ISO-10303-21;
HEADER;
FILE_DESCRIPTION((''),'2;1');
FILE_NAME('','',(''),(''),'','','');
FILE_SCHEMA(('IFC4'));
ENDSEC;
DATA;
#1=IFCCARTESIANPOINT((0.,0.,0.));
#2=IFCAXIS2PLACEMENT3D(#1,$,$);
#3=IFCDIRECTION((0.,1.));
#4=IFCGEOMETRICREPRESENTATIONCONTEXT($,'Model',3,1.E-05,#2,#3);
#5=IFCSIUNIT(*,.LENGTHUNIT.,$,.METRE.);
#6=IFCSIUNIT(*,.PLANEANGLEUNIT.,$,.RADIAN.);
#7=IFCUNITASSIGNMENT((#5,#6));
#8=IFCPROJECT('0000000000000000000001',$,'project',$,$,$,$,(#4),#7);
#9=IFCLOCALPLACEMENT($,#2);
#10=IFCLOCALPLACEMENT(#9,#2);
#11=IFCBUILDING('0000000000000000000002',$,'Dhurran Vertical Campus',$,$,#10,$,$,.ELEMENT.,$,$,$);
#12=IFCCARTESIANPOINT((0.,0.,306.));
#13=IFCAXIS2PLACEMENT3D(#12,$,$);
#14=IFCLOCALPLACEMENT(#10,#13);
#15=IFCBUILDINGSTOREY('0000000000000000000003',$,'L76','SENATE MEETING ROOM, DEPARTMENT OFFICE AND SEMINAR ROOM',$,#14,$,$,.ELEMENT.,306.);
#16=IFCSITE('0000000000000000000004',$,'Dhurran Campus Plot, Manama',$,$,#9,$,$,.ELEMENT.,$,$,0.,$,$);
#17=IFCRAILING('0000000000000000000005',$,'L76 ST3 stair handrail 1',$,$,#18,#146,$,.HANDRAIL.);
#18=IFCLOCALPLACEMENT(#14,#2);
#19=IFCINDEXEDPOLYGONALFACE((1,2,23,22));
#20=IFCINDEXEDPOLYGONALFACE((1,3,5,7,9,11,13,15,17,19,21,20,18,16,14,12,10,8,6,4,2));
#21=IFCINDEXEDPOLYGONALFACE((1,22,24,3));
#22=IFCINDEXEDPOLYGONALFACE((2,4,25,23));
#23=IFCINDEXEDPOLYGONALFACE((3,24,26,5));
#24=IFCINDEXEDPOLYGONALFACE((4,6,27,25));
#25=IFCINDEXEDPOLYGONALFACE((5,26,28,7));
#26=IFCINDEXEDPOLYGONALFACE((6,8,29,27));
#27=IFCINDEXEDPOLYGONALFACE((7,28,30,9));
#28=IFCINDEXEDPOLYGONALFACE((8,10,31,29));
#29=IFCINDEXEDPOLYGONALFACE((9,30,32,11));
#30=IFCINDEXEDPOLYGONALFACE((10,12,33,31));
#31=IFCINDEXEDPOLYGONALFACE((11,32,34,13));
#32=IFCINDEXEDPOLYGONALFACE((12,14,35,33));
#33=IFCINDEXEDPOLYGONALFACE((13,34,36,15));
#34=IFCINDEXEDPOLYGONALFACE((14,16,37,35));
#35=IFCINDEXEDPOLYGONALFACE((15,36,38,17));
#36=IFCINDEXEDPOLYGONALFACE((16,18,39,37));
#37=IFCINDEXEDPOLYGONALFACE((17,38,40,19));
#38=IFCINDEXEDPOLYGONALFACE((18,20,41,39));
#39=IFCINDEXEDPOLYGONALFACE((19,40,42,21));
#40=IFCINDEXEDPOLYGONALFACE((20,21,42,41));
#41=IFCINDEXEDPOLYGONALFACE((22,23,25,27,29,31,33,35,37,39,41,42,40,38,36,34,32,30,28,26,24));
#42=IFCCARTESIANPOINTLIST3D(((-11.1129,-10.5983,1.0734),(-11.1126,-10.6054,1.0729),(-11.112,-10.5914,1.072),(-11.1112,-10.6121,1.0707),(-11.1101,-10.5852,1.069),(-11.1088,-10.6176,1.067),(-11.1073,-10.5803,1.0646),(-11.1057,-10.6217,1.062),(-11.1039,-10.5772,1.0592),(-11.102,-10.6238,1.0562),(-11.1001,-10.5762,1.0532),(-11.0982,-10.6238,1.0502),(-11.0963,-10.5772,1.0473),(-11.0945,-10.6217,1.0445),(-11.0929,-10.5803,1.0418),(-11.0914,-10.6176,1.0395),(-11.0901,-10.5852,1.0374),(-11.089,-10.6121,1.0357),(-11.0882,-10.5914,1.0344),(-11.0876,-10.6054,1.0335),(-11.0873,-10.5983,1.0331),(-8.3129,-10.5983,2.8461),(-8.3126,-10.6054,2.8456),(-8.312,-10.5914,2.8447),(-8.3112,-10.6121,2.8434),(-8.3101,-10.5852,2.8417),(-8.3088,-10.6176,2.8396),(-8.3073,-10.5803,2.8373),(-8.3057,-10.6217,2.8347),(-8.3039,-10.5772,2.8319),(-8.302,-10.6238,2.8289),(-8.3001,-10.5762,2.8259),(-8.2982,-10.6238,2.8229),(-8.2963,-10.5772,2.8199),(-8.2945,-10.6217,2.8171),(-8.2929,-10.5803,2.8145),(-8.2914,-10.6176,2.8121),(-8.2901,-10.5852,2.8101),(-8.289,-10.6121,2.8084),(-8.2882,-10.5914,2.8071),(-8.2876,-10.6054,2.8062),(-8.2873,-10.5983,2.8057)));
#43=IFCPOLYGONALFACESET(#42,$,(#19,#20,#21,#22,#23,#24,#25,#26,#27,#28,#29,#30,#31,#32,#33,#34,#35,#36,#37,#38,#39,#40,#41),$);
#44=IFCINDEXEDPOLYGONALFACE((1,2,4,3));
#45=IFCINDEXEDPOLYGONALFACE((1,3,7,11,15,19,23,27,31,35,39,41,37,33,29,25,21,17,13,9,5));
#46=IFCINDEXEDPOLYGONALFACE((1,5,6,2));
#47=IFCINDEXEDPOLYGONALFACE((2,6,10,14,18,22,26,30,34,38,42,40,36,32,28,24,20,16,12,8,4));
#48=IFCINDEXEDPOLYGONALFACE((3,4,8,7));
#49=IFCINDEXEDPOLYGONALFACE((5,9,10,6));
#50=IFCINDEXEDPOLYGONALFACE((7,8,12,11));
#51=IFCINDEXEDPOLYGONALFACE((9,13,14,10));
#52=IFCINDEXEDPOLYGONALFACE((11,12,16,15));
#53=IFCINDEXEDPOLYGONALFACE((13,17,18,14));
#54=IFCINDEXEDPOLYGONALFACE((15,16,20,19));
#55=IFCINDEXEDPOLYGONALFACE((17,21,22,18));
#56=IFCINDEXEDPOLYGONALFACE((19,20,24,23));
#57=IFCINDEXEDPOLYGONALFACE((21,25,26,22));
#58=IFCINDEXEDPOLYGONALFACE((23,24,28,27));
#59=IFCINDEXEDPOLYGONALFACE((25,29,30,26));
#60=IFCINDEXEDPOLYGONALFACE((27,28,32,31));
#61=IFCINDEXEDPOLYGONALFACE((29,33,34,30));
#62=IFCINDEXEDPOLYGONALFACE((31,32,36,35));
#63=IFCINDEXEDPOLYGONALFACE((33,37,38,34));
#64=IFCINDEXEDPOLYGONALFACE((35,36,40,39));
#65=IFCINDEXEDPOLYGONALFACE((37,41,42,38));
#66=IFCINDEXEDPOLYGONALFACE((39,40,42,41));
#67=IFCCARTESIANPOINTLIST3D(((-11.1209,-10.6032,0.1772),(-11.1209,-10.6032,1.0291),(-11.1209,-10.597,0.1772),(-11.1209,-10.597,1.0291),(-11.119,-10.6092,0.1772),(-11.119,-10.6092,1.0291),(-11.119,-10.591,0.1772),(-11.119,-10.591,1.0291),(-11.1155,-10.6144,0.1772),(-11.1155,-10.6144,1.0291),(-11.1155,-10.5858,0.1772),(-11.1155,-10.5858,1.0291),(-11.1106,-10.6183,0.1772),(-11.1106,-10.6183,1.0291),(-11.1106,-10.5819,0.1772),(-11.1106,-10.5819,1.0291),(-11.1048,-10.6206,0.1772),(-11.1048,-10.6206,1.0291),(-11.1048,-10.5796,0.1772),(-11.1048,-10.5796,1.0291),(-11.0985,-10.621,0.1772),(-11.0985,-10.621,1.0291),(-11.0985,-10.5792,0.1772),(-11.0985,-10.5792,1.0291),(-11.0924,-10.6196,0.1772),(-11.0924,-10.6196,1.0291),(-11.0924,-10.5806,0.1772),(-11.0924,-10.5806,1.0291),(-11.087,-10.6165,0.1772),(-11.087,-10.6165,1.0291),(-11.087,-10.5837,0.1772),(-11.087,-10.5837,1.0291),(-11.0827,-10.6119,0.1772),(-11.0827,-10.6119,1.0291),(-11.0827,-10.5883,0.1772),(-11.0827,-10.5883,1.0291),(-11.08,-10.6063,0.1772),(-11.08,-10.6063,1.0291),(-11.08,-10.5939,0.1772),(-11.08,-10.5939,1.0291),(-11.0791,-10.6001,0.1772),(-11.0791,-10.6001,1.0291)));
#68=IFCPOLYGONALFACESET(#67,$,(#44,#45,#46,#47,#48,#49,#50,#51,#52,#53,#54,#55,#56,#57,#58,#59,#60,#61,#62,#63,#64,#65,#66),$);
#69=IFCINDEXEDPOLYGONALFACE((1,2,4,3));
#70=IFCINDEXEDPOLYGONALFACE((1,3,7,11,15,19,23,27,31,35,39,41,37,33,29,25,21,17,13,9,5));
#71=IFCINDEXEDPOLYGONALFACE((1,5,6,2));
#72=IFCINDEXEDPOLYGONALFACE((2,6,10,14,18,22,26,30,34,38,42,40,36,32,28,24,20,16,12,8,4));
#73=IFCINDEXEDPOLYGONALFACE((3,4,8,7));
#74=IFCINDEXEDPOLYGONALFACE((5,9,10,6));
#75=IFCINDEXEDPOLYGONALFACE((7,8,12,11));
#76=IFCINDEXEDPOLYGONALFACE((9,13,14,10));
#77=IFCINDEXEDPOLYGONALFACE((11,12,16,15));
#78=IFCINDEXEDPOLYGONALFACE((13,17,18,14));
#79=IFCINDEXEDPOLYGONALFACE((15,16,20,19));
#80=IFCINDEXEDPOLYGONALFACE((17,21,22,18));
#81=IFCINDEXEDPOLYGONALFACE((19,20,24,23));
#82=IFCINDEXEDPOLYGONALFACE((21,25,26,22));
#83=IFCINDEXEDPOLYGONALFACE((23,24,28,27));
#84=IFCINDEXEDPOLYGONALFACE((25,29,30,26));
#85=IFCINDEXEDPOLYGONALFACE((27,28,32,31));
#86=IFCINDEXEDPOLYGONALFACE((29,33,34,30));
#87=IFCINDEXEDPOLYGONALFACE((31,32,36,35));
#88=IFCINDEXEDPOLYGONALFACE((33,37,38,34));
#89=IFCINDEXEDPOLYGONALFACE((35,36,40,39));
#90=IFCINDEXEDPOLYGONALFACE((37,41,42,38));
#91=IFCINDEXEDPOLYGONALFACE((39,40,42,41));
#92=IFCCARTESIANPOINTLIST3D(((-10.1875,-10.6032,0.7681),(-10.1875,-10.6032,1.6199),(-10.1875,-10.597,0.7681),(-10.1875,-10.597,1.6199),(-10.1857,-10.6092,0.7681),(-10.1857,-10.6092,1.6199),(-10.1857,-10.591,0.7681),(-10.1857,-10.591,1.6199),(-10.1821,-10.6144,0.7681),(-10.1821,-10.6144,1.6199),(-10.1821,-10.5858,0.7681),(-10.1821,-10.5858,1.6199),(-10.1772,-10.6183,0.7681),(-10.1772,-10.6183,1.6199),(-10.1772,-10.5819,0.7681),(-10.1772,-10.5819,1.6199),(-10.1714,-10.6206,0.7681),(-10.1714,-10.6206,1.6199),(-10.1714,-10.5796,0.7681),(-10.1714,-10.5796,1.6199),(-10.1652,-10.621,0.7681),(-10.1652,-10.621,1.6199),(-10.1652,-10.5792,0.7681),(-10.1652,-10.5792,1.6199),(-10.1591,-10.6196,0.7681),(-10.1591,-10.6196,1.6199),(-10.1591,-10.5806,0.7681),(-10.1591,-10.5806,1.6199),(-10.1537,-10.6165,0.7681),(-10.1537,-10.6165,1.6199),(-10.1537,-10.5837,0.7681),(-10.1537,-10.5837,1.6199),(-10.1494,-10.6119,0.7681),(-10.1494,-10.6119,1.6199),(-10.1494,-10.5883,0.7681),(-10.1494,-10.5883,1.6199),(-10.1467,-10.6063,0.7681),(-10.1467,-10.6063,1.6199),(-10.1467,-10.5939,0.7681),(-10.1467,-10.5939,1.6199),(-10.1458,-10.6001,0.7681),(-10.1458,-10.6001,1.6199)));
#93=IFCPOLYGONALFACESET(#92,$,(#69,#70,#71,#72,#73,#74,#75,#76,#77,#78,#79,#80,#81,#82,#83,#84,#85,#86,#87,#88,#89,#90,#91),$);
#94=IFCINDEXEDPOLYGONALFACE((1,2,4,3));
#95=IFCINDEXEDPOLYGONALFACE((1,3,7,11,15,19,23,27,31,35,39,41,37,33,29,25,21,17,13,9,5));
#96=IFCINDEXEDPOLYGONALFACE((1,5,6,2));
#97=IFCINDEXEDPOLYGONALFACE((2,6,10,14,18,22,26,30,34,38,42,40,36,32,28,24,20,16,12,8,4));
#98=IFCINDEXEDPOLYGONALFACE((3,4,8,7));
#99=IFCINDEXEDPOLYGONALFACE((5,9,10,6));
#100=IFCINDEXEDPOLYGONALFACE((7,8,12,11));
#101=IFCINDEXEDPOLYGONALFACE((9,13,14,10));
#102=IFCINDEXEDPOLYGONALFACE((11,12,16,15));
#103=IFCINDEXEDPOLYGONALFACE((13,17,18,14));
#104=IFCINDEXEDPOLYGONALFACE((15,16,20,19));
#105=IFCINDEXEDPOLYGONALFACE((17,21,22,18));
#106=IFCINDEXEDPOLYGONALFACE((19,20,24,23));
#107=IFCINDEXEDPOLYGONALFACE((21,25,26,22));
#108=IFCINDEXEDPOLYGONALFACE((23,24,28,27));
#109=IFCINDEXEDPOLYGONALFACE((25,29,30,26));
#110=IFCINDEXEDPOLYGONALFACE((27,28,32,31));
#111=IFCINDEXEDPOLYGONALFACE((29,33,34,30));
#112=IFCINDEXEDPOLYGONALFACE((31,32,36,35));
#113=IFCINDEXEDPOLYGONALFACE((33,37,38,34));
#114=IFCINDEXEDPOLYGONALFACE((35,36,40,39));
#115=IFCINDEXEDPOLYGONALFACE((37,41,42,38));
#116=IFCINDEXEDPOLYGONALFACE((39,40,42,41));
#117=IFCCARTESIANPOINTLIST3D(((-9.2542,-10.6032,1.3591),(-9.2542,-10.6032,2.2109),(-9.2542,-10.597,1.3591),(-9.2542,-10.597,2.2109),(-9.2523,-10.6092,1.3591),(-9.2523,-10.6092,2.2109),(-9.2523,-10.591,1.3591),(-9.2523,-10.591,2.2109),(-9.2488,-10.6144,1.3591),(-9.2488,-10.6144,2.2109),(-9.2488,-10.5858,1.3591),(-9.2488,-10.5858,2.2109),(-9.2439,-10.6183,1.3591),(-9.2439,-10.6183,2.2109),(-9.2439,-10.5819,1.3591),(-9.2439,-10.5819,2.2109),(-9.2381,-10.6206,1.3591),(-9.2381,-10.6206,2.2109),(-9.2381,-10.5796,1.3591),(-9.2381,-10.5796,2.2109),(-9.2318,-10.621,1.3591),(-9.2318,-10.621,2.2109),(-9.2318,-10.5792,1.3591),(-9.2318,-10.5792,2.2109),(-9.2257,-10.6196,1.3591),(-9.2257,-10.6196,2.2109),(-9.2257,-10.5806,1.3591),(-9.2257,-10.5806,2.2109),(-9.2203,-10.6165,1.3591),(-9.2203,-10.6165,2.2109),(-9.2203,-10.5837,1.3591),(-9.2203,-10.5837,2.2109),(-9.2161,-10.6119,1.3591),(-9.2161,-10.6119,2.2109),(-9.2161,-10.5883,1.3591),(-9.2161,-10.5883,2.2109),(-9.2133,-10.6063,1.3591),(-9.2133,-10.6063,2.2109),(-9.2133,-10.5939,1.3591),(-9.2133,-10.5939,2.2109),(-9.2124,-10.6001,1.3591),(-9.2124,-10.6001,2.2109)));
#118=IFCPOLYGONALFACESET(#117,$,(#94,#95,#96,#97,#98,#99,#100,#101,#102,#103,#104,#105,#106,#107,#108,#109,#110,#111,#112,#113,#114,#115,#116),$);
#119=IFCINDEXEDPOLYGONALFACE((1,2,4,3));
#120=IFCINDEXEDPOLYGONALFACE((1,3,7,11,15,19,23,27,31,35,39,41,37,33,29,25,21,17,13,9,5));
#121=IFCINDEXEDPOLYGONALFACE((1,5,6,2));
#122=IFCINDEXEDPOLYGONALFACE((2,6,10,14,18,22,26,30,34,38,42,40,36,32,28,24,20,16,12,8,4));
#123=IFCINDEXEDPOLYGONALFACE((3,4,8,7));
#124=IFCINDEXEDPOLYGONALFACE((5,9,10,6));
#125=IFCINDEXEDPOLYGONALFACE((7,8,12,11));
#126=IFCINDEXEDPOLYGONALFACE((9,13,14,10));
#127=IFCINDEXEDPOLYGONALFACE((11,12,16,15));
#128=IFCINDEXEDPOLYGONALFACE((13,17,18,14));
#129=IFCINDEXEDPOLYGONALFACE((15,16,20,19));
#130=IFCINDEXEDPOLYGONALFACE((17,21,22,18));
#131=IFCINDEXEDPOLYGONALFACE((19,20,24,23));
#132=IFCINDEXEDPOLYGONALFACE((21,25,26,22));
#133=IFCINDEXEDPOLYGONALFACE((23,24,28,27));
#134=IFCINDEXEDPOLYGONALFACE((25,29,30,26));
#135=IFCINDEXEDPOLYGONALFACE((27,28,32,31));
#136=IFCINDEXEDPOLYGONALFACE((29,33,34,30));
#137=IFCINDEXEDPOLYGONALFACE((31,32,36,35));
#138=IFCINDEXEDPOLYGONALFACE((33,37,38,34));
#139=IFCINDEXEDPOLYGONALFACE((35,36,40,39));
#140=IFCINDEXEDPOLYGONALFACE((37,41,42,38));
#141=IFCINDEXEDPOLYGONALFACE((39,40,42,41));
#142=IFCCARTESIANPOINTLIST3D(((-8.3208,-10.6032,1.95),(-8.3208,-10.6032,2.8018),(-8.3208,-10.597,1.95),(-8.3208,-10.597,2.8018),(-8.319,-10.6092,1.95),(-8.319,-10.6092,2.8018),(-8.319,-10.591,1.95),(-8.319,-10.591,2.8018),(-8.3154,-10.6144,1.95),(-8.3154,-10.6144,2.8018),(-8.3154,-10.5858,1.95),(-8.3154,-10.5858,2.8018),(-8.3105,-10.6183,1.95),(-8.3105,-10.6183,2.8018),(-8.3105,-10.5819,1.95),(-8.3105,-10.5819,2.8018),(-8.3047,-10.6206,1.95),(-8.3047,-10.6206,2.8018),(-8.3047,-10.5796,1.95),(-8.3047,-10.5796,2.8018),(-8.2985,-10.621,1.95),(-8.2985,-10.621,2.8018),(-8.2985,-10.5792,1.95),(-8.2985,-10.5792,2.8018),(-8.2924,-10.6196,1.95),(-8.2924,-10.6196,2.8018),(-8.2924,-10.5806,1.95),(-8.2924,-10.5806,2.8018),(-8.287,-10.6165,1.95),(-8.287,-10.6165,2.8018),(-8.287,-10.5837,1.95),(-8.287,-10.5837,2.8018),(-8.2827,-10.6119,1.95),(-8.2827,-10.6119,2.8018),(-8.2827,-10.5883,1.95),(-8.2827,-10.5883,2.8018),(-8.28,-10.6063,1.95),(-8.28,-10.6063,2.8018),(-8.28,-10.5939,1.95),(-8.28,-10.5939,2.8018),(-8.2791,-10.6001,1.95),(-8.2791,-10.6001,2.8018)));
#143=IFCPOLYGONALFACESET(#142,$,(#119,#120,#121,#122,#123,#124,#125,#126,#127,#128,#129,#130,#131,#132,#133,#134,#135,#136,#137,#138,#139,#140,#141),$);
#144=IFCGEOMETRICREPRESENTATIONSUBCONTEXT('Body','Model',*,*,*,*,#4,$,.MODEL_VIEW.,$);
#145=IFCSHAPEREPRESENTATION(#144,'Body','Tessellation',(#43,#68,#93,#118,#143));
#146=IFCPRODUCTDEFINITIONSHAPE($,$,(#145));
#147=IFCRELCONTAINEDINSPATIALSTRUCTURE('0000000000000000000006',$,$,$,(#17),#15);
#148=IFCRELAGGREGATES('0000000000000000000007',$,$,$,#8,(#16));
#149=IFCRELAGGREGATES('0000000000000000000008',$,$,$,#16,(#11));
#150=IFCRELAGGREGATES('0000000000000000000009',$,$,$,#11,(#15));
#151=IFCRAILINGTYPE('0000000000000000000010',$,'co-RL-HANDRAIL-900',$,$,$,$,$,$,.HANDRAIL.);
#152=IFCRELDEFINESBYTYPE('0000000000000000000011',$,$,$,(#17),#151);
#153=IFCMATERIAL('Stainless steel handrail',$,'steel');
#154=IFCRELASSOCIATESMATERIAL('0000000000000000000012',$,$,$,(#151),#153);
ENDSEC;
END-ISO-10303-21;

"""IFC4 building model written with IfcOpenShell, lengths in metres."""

from ifc_helpers import new_model, si_unit, direction, frame, origin, origin_2d, place, context, subcontext, project, spatial, circle, extrude, material, type_object, element, save


model = new_model("IFC4")

# Units and contexts
model_context = context("Model", 3, precision=1e-05, world=origin(), true_north=direction((0.0, 1.0)))
body_context = subcontext(model_context, "Body", "Model", "MODEL_VIEW")
ifc_project = project(units=[si_unit("LENGTHUNIT", "METRE"), si_unit("PLANEANGLEUNIT", "RADIAN")], contexts=[model_context])

# Site, building, storey
site_placement = place(None, origin())
site = spatial("IfcSite", under=ifc_project, at=site_placement, Name="Dhurran Campus Plot, Manama", CompositionType="ELEMENT", RefElevation=0.0)
building_placement = place(site_placement, origin())
building = spatial("IfcBuilding", under=site, at=building_placement, Name="Dhurran Vertical Campus", CompositionType="ELEMENT")
storey_placement = place(building_placement, frame((0.0, 0.0, 306.0)))
storey = spatial("IfcBuildingStorey", under=building, at=storey_placement, Name="L76", Description="SENATE MEETING ROOM, DEPARTMENT OFFICE AND SEMINAR ROOM", CompositionType="ELEMENT", Elevation=306.0)

# Railing
ifc_material_1 = material(Name="Stainless steel handrail", Category="steel")
railing_type_1 = type_object("IfcRailingType", Name="co-RL-HANDRAIL-900", PredefinedType="HANDRAIL", material=ifc_material_1)
railing_1_placement = place(storey_placement, frame((-11.1001, -10.6001, 0.1772)))
element("IfcRailing", 1, at=railing_1_placement, inside=storey, type_object=railing_type_1, Name="L76 ST3 stair handrail 1", PredefinedType="HANDRAIL", context=body_context, shape_type="SweptSolid", body=[
    extrude(circle(Radius=0.0239, at=origin_2d()), frame((0.0, 0.0, 0.876), z_axis=(0.844909, 0.0, 0.53491), x_axis=(0.0, 1.0, 0.0)), (0.0, 0.0, 1.0), 3.314),
    extrude(circle(Radius=0.021, at=origin_2d()), origin(), (0.0, 0.0, 1.0), 0.8518),
    extrude(circle(Radius=0.021, at=origin_2d()), frame((0.9333, 0.0, 0.5908)), (0.0, 0.0, 1.0), 0.8518),
    extrude(circle(Radius=0.021, at=origin_2d()), frame((1.8667, 0.0, 1.1819)), (0.0, 0.0, 1.0), 0.8518),
    extrude(circle(Radius=0.021, at=origin_2d()), frame((2.8, 0.0, 1.7727)), (0.0, 0.0, 1.0), 0.8518),
])

save(model, "model.ifc")
